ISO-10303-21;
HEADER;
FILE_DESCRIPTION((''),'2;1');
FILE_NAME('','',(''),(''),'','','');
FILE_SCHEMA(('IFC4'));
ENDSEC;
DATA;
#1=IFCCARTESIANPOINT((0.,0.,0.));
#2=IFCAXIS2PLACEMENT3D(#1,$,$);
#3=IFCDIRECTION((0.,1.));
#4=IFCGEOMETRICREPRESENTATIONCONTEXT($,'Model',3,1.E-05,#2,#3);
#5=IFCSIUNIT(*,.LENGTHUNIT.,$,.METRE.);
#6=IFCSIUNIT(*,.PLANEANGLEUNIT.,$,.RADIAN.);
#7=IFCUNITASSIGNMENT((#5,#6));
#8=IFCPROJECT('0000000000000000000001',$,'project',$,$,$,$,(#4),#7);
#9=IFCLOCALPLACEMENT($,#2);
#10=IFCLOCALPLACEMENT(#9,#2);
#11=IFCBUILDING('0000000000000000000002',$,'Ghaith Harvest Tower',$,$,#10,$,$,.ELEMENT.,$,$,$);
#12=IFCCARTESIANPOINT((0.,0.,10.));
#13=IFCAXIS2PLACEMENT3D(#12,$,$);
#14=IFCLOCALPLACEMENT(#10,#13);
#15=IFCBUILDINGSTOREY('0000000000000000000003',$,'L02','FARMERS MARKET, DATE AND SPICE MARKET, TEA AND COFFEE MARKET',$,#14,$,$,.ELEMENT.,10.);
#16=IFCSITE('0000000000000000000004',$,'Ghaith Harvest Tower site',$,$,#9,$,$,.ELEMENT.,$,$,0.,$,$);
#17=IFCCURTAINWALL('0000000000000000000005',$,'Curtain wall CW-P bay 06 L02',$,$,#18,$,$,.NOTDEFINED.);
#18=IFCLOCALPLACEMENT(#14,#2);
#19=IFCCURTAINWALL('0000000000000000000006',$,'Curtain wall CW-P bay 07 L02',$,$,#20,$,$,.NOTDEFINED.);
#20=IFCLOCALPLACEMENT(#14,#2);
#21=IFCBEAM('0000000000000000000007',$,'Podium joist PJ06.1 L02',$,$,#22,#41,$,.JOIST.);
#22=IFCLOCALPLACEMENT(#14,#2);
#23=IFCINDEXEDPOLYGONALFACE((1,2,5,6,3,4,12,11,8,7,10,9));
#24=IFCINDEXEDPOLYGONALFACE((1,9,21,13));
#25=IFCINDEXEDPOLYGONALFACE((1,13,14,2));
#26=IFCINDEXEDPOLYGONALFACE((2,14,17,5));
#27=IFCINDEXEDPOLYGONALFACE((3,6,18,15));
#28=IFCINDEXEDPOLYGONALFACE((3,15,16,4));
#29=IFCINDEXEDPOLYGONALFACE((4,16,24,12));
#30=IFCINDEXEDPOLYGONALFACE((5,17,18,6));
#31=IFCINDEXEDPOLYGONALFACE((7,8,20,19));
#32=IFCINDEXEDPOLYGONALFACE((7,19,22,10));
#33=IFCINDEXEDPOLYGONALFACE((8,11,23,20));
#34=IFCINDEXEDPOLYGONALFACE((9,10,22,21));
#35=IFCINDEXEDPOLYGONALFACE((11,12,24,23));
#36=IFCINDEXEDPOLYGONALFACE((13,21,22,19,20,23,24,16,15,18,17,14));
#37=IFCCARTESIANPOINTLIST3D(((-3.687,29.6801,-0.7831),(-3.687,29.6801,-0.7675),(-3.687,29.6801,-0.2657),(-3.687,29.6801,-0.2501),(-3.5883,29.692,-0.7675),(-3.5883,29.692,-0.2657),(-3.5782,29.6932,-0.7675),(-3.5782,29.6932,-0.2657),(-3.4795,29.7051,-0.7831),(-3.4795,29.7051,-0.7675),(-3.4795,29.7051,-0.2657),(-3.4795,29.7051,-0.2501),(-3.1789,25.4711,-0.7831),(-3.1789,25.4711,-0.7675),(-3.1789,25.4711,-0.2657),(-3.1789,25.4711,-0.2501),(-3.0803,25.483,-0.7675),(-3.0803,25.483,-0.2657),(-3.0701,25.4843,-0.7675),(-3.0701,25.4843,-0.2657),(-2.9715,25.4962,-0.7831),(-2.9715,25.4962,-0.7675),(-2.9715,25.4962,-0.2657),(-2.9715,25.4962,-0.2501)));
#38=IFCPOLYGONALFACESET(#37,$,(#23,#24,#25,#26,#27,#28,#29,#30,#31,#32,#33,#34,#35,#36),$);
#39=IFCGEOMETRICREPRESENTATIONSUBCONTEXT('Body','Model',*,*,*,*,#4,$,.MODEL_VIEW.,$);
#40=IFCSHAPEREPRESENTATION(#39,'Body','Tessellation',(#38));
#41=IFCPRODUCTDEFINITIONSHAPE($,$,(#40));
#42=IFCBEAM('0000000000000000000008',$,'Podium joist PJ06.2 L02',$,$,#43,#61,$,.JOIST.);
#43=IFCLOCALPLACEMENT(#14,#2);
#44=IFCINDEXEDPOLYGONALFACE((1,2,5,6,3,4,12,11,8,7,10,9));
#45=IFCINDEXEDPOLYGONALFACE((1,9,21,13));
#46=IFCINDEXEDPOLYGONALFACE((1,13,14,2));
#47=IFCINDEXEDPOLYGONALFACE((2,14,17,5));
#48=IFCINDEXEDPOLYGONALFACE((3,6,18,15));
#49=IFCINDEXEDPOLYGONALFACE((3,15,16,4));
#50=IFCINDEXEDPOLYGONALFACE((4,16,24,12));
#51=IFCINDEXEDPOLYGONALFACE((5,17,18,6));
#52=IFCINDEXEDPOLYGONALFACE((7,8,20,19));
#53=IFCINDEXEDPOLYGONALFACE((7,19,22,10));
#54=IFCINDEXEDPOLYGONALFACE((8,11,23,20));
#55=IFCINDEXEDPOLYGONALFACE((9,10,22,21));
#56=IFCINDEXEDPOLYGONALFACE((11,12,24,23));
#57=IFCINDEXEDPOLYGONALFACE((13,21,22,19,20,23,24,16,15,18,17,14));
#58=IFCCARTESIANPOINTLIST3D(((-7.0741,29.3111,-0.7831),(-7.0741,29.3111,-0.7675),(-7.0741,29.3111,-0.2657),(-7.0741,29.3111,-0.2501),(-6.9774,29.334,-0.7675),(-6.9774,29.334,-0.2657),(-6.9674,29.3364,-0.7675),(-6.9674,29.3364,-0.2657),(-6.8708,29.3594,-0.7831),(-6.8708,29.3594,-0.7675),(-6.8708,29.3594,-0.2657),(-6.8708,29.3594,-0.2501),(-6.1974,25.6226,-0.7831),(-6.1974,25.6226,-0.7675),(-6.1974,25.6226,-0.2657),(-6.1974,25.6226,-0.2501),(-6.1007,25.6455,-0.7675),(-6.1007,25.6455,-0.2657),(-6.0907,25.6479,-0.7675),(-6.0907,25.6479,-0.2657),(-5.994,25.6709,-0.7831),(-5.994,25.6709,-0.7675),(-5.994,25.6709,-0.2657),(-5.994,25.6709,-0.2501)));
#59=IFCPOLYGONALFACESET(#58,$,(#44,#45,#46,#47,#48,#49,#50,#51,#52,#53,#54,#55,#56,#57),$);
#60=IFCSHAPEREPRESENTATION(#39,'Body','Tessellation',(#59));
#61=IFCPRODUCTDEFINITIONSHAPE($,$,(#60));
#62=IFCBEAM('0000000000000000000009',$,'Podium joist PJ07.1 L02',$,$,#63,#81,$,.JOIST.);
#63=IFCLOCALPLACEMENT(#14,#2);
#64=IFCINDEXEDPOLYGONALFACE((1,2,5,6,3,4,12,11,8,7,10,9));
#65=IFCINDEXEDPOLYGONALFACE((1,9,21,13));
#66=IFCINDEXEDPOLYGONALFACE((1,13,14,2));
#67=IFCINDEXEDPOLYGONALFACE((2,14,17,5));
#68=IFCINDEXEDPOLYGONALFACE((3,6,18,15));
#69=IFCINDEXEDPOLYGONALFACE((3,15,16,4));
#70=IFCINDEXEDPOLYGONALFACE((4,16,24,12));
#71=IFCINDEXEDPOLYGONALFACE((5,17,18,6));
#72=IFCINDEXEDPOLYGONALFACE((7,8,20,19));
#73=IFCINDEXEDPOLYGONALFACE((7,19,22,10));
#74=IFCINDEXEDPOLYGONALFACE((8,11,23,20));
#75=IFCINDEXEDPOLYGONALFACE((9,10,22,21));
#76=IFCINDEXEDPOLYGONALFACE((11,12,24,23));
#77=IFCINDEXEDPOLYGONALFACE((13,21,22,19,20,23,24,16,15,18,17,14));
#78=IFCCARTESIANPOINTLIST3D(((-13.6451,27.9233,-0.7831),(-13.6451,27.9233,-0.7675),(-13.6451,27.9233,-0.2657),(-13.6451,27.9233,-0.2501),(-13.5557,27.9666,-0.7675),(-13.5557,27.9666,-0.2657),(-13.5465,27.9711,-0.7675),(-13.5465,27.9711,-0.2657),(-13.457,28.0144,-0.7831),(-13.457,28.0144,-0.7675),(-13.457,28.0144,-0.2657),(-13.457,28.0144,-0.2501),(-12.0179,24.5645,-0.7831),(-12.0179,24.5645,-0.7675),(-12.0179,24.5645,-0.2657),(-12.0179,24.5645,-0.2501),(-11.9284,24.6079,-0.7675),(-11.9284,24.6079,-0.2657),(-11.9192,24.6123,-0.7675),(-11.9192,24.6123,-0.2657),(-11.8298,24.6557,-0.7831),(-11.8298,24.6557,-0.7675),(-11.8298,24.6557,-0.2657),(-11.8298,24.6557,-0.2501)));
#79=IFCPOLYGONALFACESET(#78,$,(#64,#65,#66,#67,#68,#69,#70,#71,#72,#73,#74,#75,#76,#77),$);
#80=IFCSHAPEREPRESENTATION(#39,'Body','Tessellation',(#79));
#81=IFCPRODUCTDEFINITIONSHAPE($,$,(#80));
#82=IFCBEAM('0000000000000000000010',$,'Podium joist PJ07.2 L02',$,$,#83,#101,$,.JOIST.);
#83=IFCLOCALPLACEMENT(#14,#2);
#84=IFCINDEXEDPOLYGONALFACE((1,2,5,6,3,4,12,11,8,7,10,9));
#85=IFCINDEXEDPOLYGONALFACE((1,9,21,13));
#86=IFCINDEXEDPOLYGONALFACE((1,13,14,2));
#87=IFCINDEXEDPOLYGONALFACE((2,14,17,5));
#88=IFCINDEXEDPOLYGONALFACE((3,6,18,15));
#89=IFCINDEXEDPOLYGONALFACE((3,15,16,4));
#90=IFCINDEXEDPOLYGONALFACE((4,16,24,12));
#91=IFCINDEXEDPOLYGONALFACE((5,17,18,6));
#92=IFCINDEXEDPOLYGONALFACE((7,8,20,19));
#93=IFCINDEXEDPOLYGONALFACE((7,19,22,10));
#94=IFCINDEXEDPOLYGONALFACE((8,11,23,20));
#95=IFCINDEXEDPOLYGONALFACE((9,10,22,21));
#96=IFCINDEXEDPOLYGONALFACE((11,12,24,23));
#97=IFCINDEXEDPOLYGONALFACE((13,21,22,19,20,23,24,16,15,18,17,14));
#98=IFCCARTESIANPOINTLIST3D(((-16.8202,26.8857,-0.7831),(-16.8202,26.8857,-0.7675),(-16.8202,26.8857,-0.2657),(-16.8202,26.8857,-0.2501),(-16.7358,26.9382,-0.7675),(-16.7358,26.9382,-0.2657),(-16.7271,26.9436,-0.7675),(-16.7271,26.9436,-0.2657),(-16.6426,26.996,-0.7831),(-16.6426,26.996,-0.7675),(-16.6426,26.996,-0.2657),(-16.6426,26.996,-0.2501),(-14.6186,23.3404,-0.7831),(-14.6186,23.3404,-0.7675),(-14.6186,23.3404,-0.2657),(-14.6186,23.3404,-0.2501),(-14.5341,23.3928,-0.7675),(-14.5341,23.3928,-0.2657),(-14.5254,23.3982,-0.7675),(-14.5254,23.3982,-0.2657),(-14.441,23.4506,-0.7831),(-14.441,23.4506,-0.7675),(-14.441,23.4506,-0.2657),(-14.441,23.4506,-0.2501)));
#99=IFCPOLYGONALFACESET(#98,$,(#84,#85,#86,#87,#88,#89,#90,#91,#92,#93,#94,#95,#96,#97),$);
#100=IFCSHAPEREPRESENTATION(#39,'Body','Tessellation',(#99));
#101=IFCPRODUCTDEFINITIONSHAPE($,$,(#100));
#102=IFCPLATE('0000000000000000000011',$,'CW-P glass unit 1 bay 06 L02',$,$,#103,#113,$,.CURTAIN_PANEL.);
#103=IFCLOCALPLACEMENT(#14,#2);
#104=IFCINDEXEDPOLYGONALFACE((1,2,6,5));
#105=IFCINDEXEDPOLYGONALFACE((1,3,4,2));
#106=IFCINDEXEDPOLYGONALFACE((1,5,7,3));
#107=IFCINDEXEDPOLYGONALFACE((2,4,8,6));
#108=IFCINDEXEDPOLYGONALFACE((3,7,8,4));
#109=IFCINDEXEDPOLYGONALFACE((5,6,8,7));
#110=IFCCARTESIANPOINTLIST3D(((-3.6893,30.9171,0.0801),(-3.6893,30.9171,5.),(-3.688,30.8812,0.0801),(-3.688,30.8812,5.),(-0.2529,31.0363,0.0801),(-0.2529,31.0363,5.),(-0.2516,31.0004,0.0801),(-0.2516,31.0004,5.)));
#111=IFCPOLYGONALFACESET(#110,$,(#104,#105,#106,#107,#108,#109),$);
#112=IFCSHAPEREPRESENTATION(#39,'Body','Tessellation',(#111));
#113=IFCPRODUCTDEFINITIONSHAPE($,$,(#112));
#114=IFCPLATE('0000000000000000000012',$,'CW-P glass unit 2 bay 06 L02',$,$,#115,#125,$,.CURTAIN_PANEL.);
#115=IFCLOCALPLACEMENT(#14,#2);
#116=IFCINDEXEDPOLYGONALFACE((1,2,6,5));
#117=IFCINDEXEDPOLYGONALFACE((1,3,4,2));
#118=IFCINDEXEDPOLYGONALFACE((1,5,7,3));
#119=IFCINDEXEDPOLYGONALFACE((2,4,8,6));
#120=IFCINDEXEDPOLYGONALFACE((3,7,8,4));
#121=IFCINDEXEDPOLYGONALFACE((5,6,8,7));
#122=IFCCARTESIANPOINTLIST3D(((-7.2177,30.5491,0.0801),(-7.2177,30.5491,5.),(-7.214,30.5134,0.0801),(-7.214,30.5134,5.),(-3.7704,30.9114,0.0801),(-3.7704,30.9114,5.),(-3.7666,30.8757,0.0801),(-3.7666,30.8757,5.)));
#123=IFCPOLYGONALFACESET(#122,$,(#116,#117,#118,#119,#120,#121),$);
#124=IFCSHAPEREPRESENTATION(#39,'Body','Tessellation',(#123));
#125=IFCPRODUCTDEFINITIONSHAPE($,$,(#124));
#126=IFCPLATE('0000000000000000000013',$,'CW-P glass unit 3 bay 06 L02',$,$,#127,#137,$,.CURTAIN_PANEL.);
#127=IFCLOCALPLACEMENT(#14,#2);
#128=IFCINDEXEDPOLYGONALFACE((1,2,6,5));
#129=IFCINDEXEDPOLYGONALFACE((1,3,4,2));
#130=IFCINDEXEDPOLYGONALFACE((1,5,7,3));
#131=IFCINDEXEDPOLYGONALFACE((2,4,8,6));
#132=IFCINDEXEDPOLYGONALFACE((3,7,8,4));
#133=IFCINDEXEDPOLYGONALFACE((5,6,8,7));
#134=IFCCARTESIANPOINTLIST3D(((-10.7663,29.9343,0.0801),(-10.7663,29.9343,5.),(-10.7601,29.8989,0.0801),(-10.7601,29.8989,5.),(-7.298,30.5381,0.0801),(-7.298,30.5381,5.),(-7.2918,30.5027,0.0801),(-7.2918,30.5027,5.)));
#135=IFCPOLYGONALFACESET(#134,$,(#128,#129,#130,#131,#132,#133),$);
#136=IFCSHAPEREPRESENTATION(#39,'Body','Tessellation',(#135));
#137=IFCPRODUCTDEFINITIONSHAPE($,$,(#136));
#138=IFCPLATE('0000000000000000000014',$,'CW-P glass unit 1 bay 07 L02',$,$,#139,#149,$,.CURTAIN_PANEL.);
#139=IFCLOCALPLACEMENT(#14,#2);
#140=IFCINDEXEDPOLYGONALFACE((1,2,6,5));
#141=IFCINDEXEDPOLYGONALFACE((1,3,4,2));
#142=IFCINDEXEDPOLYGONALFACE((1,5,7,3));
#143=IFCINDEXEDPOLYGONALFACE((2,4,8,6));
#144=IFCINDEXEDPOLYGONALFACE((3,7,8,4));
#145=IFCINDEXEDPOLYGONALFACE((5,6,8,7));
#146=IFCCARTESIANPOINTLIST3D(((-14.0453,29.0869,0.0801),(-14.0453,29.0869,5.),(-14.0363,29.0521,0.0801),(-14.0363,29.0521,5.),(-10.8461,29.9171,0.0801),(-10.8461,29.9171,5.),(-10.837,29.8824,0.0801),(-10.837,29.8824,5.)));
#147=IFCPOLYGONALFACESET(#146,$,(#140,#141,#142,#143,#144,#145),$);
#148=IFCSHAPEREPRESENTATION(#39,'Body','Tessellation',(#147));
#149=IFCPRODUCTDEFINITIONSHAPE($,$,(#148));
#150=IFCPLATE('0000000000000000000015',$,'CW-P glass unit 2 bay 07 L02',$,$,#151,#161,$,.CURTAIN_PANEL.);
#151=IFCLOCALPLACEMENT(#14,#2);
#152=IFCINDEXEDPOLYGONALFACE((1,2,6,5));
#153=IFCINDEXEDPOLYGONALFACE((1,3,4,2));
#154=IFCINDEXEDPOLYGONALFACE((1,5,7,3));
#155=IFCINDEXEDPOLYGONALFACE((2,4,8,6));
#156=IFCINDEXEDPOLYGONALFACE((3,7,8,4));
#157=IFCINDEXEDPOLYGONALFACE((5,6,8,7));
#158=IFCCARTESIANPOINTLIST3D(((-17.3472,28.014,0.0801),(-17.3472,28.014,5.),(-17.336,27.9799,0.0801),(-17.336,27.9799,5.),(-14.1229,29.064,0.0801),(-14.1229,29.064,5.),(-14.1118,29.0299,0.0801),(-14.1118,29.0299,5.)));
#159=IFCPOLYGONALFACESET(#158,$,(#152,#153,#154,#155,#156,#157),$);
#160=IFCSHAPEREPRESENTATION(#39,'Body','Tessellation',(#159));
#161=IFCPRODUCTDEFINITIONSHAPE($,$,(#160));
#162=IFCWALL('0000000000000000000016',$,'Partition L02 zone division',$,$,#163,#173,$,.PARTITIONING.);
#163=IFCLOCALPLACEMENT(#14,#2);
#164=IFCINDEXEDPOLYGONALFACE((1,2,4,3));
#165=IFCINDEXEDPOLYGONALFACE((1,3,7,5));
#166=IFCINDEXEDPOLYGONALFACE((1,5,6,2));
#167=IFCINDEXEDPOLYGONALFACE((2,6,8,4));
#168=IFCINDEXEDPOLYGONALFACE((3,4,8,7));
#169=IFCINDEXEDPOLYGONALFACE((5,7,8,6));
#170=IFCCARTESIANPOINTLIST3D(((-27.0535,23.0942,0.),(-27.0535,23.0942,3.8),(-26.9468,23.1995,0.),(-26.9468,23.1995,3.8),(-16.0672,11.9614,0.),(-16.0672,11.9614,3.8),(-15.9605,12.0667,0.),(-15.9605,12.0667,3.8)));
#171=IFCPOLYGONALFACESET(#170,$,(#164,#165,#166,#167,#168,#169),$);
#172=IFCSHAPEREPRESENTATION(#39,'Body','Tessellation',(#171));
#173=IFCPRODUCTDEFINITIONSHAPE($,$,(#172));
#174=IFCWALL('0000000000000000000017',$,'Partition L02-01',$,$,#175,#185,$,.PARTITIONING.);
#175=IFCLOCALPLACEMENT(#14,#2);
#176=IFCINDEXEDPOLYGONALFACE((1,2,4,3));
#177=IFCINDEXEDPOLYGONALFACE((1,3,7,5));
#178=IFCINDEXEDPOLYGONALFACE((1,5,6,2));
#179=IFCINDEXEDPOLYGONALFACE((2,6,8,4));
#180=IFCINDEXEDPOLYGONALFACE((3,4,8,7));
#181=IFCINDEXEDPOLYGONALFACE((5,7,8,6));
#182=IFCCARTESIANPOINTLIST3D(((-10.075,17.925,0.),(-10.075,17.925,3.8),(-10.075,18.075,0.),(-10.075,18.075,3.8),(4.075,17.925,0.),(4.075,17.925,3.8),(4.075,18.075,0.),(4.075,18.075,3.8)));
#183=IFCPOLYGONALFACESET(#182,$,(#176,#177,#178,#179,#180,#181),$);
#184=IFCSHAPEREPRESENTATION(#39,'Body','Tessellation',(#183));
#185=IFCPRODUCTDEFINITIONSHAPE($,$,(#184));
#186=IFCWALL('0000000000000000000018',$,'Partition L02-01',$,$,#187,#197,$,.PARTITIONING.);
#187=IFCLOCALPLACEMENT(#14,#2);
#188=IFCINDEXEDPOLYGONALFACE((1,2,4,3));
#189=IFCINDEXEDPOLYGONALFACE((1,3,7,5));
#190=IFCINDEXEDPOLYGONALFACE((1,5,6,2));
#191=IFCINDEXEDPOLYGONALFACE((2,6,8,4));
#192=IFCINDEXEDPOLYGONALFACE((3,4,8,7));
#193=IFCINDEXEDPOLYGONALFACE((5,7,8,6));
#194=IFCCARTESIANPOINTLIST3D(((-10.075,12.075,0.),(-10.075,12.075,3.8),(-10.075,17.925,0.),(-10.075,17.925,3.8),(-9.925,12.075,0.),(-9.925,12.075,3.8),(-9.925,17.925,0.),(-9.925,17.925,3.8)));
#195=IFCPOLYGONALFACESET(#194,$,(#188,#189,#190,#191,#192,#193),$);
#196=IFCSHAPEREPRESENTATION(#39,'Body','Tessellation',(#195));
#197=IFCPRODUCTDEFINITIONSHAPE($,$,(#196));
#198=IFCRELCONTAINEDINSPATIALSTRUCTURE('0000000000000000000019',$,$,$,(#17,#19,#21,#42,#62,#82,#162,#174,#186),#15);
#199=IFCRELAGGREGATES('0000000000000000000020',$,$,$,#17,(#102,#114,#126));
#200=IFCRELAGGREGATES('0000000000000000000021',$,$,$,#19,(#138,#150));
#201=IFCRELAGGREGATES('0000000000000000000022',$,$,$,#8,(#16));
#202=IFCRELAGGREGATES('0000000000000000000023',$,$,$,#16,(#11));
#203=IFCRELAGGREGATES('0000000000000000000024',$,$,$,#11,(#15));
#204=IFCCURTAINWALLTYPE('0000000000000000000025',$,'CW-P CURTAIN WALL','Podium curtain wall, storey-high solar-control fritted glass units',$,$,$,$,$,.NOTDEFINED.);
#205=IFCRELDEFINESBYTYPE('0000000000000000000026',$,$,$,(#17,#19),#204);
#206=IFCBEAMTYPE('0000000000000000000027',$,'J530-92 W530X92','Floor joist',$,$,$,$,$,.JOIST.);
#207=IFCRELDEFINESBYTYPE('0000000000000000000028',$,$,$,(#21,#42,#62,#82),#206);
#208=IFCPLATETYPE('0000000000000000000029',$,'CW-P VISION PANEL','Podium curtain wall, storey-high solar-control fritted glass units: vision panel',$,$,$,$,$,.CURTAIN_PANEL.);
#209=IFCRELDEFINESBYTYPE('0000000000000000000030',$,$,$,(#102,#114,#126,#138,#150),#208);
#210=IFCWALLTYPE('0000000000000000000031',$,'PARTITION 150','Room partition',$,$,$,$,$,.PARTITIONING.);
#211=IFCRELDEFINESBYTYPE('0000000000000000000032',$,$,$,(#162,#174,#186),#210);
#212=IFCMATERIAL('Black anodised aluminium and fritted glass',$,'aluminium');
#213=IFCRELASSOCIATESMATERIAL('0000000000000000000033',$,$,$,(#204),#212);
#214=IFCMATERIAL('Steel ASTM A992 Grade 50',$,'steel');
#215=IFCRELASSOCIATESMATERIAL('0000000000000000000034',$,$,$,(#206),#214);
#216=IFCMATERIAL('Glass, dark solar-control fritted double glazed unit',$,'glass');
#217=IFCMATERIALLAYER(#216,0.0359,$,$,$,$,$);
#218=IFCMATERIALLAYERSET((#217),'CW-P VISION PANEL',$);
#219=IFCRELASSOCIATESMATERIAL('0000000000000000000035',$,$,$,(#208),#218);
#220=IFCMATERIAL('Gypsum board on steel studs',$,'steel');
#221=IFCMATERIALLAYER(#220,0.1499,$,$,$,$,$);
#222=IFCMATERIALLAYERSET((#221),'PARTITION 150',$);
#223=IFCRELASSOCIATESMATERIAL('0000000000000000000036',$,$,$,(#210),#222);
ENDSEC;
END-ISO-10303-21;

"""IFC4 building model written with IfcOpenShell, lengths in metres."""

from ifc_helpers import new_model, si_unit, direction, frame, frame_2d, origin, origin_2d, place, context, subcontext, project, spatial, rectangle, i_section, extrude, material, layer, layer_set, material_profile, profile_set, type_object, element, aggregate, save


model = new_model("IFC4")

# Units and contexts
model_context = context("Model", 3, precision=1e-05, world=origin(), true_north=direction((0.0, 1.0)))
body_context = subcontext(model_context, "Body", "Model", "MODEL_VIEW")
ifc_project = project(units=[si_unit("LENGTHUNIT", "METRE"), si_unit("PLANEANGLEUNIT", "RADIAN")], contexts=[model_context])

# Site, building, storey
site_placement = place(None, origin())
site = spatial("IfcSite", under=ifc_project, at=site_placement, Name="Ghaith Harvest Tower site", CompositionType="ELEMENT", RefElevation=0.0)
building_placement = place(site_placement, origin())
building = spatial("IfcBuilding", under=site, at=building_placement, Name="Ghaith Harvest Tower", CompositionType="ELEMENT")
storey_placement = place(building_placement, frame((0.0, 0.0, 10.0)))
storey = spatial("IfcBuildingStorey", under=building, at=storey_placement, Name="L02", Description="FARMERS MARKET, DATE AND SPICE MARKET, TEA AND COFFEE MARKET", CompositionType="ELEMENT", Elevation=10.0)

# Curtain walls
ifc_material_1 = material(Name="Black anodised aluminium and fritted glass", Category="aluminium")
curtain_wall_type = type_object("IfcCurtainWallType", Name="CW-P CURTAIN WALL", Description="Podium curtain wall, storey-high solar-control fritted glass units", PredefinedType="NOTDEFINED", material=ifc_material_1)
curtain_wall_1_placement = place(storey_placement, origin())
curtain_wall_1 = element("IfcCurtainWall", 1, at=curtain_wall_1_placement, inside=storey, type_object=curtain_wall_type, Name="Curtain wall CW-P bay 06 L02", PredefinedType="NOTDEFINED")
curtain_wall_2_placement = place(storey_placement, origin())
curtain_wall_2 = element("IfcCurtainWall", 2, at=curtain_wall_2_placement, inside=storey, type_object=curtain_wall_type, Name="Curtain wall CW-P bay 07 L02", PredefinedType="NOTDEFINED")

# Beams
ifc_material_2 = material(Name="Steel ASTM A992 Grade 50", Category="steel")
ifc_material_profile_1 = material_profile(ifc_material_2, i_section(OverallWidth=0.209, OverallDepth=0.533, WebThickness=0.0103, FlangeThickness=0.0156, at=origin_2d()), Name="W530X92")
ifc_profile_set_1 = profile_set([ifc_material_profile_1], Name="Steel ASTM A992 Grade 50")
beam_type_1 = type_object("IfcBeamType", Name="J530-92 W530X92", Description="Floor joist", PredefinedType="JOIST", material=ifc_profile_set_1)
beam_1_placement = place(storey_placement, frame((-3.0752, 25.4836, -0.5166), z_axis=(-0.119838, 0.992793, 0.0), x_axis=(-0.992793, -0.119838, 0.0)))
element("IfcBeam", 3, at=beam_1_placement, inside=storey, type_object=beam_type_1, Name="Podium joist PJ06.1 L02", PredefinedType="JOIST", context=body_context, shape_type="SweptSolid", body=[
    extrude(i_section(OverallWidth=0.209, OverallDepth=0.533, WebThickness=0.0103, FlangeThickness=0.0156, at=origin_2d()), origin(), (0.0, 0.0, 1.0), 4.2395),
])
beam_2_placement = place(storey_placement, frame((-6.0957, 25.6467, -0.5166), z_axis=(-0.231246, 0.972895, 0.0), x_axis=(-0.972895, -0.231246, 0.0)))
element("IfcBeam", 4, at=beam_2_placement, inside=storey, type_object=beam_type_1, Name="Podium joist PJ06.2 L02", PredefinedType="JOIST", context=body_context, shape_type="SweptSolid", body=[
    extrude(i_section(OverallWidth=0.209, OverallDepth=0.533, WebThickness=0.0103, FlangeThickness=0.0156, at=origin_2d()), origin(), (0.0, 0.0, 1.0), 3.7913),
])
beam_3_placement = place(storey_placement, frame((-11.9238, 24.6101, -0.5166), z_axis=(-0.436005, 0.899944, 0.0), x_axis=(-0.899944, -0.436005, 0.0)))
element("IfcBeam", 5, at=beam_3_placement, inside=storey, type_object=beam_type_1, Name="Podium joist PJ07.1 L02", PredefinedType="JOIST", context=body_context, shape_type="SweptSolid", body=[
    extrude(i_section(OverallWidth=0.209, OverallDepth=0.533, WebThickness=0.0103, FlangeThickness=0.0156, at=origin_2d()), origin(), (0.0, 0.0, 1.0), 3.7322),
])
beam_4_placement = place(storey_placement, frame((-14.5298, 23.3955, -0.5166), z_axis=(-0.527546, 0.849526, 0.0), x_axis=(-0.849526, -0.527546, 0.0)))
element("IfcBeam", 6, at=beam_4_placement, inside=storey, type_object=beam_type_1, Name="Podium joist PJ07.2 L02", PredefinedType="JOIST", context=body_context, shape_type="SweptSolid", body=[
    extrude(i_section(OverallWidth=0.209, OverallDepth=0.533, WebThickness=0.0103, FlangeThickness=0.0156, at=origin_2d()), origin(), (0.0, 0.0, 1.0), 4.1733),
])

# Plates
ifc_material_3 = material(Name="Glass, dark solar-control fritted double glazed unit", Category="glass")
ifc_layer_1 = layer(ifc_material_3, 0.0359)
ifc_layer_set_1 = layer_set([ifc_layer_1], Name="CW-P VISION PANEL")
plate_type = type_object("IfcPlateType", Name="CW-P VISION PANEL", Description="Podium curtain wall, storey-high solar-control fritted glass units: vision panel", PredefinedType="CURTAIN_PANEL", material=ifc_layer_set_1)
plate_1_placement = place(storey_placement, frame((-1.9705, 30.9587, 0.0801), z_axis=(0.0, 0.0, 1.0), x_axis=(-0.999399, -0.034654, 0.0)))
plate_1 = element("IfcPlate", 7, at=plate_1_placement, type_object=plate_type, Name="CW-P glass unit 1 bay 06 L02", PredefinedType="CURTAIN_PANEL", context=body_context, shape_type="SweptSolid", body=[
    extrude(rectangle(XDim=3.4385, YDim=0.0359, at=origin_2d()), origin(), (0.0, 0.0, 1.0), 4.9199),
])
plate_2_placement = place(storey_placement, frame((-5.4922, 30.7124, 0.0801), z_axis=(0.0, 0.0, 1.0), x_axis=(-0.994525, -0.1045, 0.0)))
plate_2 = element("IfcPlate", 8, at=plate_2_placement, type_object=plate_type, Name="CW-P glass unit 2 bay 06 L02", PredefinedType="CURTAIN_PANEL", context=body_context, shape_type="SweptSolid", body=[
    extrude(rectangle(XDim=3.4663, YDim=0.0359, at=origin_2d()), origin(), (0.0, 0.0, 1.0), 4.9199),
])
plate_3_placement = place(storey_placement, frame((-9.0291, 30.2185, 0.0801), z_axis=(0.0, 0.0, 1.0), x_axis=(-0.985183, -0.171504, 0.0)))
plate_3 = element("IfcPlate", 9, at=plate_3_placement, type_object=plate_type, Name="CW-P glass unit 3 bay 06 L02", PredefinedType="CURTAIN_PANEL", context=body_context, shape_type="SweptSolid", body=[
    extrude(rectangle(XDim=3.5205, YDim=0.0359, at=origin_2d()), origin(), (0.0, 0.0, 1.0), 4.9199),
])
aggregate(curtain_wall_1, [plate_1, plate_2, plate_3])
plate_4_placement = place(storey_placement, frame((-12.4412, 29.4846, 0.0801), z_axis=(0.0, 0.0, 1.0), x_axis=(-0.96794, -0.251183, 0.0)))
plate_4 = element("IfcPlate", 10, at=plate_4_placement, type_object=plate_type, Name="CW-P glass unit 1 bay 07 L02", PredefinedType="CURTAIN_PANEL", context=body_context, shape_type="SweptSolid", body=[
    extrude(rectangle(XDim=3.3052, YDim=0.0359, at=origin_2d()), origin(), (0.0, 0.0, 1.0), 4.9199),
])
plate_5_placement = place(storey_placement, frame((-15.7295, 28.522, 0.0801), z_axis=(0.0, 0.0, 1.0), x_axis=(-0.95085, -0.309651, 0.0)))
plate_5 = element("IfcPlate", 11, at=plate_5_placement, type_object=plate_type, Name="CW-P glass unit 2 bay 07 L02", PredefinedType="CURTAIN_PANEL", context=body_context, shape_type="SweptSolid", body=[
    extrude(rectangle(XDim=3.3909, YDim=0.0359, at=origin_2d()), origin(), (0.0, 0.0, 1.0), 4.9199),
])
aggregate(curtain_wall_2, [plate_4, plate_5])

# Wall
ifc_material_4 = material(Name="Gypsum board on steel studs", Category="steel")
ifc_layer_2 = layer(ifc_material_4, 0.1499)
ifc_layer_set_2 = layer_set([ifc_layer_2], Name="PARTITION 150")
wall_type = type_object("IfcWallType", Name="PARTITION 150", Description="Room partition", PredefinedType="PARTITIONING", material=ifc_layer_set_2)
wall_1_placement = place(storey_placement, frame((-16.0139, 12.0142, 0.0), z_axis=(0.0, 0.0, 1.0), x_axis=(-0.702409, 0.711774, 0.0)))
element("IfcWall", 12, at=wall_1_placement, inside=storey, type_object=wall_type, Name="Partition L02 zone division", PredefinedType="PARTITIONING", context=body_context, shape_type="SweptSolid", body=[
    extrude(rectangle(XDim=15.6409, YDim=0.1499, at=frame_2d((7.8203, 0.0))), origin(), (0.0, 0.0, 1.0), 3.8),
])

# Walls
wall_2_placement = place(storey_placement, frame((-10.075, 18.0, 0.0), z_axis=(0.0, 0.0, 1.0), x_axis=(1.0, 0.0, 0.0)))
element("IfcWall", 13, at=wall_2_placement, inside=storey, type_object=wall_type, Name="Partition L02-01", PredefinedType="PARTITIONING", context=body_context, shape_type="SweptSolid", body=[
    extrude(rectangle(XDim=14.1499, YDim=0.1499, at=frame_2d((7.075, 0.0))), origin(), (0.0, 0.0, 1.0), 3.8),
])
wall_3_placement = place(storey_placement, frame((-10.0, 12.075, 0.0), z_axis=(0.0, 0.0, 1.0), x_axis=(0.0, 1.0, 0.0)))
element("IfcWall", 14, at=wall_3_placement, inside=storey, type_object=wall_type, Name="Partition L02-01", PredefinedType="PARTITIONING", context=body_context, shape_type="SweptSolid", body=[
    extrude(rectangle(XDim=5.8501, YDim=0.1499, at=frame_2d((2.925, 0.0))), origin(), (0.0, 0.0, 1.0), 3.8),
])

save(model, "model.ifc")
